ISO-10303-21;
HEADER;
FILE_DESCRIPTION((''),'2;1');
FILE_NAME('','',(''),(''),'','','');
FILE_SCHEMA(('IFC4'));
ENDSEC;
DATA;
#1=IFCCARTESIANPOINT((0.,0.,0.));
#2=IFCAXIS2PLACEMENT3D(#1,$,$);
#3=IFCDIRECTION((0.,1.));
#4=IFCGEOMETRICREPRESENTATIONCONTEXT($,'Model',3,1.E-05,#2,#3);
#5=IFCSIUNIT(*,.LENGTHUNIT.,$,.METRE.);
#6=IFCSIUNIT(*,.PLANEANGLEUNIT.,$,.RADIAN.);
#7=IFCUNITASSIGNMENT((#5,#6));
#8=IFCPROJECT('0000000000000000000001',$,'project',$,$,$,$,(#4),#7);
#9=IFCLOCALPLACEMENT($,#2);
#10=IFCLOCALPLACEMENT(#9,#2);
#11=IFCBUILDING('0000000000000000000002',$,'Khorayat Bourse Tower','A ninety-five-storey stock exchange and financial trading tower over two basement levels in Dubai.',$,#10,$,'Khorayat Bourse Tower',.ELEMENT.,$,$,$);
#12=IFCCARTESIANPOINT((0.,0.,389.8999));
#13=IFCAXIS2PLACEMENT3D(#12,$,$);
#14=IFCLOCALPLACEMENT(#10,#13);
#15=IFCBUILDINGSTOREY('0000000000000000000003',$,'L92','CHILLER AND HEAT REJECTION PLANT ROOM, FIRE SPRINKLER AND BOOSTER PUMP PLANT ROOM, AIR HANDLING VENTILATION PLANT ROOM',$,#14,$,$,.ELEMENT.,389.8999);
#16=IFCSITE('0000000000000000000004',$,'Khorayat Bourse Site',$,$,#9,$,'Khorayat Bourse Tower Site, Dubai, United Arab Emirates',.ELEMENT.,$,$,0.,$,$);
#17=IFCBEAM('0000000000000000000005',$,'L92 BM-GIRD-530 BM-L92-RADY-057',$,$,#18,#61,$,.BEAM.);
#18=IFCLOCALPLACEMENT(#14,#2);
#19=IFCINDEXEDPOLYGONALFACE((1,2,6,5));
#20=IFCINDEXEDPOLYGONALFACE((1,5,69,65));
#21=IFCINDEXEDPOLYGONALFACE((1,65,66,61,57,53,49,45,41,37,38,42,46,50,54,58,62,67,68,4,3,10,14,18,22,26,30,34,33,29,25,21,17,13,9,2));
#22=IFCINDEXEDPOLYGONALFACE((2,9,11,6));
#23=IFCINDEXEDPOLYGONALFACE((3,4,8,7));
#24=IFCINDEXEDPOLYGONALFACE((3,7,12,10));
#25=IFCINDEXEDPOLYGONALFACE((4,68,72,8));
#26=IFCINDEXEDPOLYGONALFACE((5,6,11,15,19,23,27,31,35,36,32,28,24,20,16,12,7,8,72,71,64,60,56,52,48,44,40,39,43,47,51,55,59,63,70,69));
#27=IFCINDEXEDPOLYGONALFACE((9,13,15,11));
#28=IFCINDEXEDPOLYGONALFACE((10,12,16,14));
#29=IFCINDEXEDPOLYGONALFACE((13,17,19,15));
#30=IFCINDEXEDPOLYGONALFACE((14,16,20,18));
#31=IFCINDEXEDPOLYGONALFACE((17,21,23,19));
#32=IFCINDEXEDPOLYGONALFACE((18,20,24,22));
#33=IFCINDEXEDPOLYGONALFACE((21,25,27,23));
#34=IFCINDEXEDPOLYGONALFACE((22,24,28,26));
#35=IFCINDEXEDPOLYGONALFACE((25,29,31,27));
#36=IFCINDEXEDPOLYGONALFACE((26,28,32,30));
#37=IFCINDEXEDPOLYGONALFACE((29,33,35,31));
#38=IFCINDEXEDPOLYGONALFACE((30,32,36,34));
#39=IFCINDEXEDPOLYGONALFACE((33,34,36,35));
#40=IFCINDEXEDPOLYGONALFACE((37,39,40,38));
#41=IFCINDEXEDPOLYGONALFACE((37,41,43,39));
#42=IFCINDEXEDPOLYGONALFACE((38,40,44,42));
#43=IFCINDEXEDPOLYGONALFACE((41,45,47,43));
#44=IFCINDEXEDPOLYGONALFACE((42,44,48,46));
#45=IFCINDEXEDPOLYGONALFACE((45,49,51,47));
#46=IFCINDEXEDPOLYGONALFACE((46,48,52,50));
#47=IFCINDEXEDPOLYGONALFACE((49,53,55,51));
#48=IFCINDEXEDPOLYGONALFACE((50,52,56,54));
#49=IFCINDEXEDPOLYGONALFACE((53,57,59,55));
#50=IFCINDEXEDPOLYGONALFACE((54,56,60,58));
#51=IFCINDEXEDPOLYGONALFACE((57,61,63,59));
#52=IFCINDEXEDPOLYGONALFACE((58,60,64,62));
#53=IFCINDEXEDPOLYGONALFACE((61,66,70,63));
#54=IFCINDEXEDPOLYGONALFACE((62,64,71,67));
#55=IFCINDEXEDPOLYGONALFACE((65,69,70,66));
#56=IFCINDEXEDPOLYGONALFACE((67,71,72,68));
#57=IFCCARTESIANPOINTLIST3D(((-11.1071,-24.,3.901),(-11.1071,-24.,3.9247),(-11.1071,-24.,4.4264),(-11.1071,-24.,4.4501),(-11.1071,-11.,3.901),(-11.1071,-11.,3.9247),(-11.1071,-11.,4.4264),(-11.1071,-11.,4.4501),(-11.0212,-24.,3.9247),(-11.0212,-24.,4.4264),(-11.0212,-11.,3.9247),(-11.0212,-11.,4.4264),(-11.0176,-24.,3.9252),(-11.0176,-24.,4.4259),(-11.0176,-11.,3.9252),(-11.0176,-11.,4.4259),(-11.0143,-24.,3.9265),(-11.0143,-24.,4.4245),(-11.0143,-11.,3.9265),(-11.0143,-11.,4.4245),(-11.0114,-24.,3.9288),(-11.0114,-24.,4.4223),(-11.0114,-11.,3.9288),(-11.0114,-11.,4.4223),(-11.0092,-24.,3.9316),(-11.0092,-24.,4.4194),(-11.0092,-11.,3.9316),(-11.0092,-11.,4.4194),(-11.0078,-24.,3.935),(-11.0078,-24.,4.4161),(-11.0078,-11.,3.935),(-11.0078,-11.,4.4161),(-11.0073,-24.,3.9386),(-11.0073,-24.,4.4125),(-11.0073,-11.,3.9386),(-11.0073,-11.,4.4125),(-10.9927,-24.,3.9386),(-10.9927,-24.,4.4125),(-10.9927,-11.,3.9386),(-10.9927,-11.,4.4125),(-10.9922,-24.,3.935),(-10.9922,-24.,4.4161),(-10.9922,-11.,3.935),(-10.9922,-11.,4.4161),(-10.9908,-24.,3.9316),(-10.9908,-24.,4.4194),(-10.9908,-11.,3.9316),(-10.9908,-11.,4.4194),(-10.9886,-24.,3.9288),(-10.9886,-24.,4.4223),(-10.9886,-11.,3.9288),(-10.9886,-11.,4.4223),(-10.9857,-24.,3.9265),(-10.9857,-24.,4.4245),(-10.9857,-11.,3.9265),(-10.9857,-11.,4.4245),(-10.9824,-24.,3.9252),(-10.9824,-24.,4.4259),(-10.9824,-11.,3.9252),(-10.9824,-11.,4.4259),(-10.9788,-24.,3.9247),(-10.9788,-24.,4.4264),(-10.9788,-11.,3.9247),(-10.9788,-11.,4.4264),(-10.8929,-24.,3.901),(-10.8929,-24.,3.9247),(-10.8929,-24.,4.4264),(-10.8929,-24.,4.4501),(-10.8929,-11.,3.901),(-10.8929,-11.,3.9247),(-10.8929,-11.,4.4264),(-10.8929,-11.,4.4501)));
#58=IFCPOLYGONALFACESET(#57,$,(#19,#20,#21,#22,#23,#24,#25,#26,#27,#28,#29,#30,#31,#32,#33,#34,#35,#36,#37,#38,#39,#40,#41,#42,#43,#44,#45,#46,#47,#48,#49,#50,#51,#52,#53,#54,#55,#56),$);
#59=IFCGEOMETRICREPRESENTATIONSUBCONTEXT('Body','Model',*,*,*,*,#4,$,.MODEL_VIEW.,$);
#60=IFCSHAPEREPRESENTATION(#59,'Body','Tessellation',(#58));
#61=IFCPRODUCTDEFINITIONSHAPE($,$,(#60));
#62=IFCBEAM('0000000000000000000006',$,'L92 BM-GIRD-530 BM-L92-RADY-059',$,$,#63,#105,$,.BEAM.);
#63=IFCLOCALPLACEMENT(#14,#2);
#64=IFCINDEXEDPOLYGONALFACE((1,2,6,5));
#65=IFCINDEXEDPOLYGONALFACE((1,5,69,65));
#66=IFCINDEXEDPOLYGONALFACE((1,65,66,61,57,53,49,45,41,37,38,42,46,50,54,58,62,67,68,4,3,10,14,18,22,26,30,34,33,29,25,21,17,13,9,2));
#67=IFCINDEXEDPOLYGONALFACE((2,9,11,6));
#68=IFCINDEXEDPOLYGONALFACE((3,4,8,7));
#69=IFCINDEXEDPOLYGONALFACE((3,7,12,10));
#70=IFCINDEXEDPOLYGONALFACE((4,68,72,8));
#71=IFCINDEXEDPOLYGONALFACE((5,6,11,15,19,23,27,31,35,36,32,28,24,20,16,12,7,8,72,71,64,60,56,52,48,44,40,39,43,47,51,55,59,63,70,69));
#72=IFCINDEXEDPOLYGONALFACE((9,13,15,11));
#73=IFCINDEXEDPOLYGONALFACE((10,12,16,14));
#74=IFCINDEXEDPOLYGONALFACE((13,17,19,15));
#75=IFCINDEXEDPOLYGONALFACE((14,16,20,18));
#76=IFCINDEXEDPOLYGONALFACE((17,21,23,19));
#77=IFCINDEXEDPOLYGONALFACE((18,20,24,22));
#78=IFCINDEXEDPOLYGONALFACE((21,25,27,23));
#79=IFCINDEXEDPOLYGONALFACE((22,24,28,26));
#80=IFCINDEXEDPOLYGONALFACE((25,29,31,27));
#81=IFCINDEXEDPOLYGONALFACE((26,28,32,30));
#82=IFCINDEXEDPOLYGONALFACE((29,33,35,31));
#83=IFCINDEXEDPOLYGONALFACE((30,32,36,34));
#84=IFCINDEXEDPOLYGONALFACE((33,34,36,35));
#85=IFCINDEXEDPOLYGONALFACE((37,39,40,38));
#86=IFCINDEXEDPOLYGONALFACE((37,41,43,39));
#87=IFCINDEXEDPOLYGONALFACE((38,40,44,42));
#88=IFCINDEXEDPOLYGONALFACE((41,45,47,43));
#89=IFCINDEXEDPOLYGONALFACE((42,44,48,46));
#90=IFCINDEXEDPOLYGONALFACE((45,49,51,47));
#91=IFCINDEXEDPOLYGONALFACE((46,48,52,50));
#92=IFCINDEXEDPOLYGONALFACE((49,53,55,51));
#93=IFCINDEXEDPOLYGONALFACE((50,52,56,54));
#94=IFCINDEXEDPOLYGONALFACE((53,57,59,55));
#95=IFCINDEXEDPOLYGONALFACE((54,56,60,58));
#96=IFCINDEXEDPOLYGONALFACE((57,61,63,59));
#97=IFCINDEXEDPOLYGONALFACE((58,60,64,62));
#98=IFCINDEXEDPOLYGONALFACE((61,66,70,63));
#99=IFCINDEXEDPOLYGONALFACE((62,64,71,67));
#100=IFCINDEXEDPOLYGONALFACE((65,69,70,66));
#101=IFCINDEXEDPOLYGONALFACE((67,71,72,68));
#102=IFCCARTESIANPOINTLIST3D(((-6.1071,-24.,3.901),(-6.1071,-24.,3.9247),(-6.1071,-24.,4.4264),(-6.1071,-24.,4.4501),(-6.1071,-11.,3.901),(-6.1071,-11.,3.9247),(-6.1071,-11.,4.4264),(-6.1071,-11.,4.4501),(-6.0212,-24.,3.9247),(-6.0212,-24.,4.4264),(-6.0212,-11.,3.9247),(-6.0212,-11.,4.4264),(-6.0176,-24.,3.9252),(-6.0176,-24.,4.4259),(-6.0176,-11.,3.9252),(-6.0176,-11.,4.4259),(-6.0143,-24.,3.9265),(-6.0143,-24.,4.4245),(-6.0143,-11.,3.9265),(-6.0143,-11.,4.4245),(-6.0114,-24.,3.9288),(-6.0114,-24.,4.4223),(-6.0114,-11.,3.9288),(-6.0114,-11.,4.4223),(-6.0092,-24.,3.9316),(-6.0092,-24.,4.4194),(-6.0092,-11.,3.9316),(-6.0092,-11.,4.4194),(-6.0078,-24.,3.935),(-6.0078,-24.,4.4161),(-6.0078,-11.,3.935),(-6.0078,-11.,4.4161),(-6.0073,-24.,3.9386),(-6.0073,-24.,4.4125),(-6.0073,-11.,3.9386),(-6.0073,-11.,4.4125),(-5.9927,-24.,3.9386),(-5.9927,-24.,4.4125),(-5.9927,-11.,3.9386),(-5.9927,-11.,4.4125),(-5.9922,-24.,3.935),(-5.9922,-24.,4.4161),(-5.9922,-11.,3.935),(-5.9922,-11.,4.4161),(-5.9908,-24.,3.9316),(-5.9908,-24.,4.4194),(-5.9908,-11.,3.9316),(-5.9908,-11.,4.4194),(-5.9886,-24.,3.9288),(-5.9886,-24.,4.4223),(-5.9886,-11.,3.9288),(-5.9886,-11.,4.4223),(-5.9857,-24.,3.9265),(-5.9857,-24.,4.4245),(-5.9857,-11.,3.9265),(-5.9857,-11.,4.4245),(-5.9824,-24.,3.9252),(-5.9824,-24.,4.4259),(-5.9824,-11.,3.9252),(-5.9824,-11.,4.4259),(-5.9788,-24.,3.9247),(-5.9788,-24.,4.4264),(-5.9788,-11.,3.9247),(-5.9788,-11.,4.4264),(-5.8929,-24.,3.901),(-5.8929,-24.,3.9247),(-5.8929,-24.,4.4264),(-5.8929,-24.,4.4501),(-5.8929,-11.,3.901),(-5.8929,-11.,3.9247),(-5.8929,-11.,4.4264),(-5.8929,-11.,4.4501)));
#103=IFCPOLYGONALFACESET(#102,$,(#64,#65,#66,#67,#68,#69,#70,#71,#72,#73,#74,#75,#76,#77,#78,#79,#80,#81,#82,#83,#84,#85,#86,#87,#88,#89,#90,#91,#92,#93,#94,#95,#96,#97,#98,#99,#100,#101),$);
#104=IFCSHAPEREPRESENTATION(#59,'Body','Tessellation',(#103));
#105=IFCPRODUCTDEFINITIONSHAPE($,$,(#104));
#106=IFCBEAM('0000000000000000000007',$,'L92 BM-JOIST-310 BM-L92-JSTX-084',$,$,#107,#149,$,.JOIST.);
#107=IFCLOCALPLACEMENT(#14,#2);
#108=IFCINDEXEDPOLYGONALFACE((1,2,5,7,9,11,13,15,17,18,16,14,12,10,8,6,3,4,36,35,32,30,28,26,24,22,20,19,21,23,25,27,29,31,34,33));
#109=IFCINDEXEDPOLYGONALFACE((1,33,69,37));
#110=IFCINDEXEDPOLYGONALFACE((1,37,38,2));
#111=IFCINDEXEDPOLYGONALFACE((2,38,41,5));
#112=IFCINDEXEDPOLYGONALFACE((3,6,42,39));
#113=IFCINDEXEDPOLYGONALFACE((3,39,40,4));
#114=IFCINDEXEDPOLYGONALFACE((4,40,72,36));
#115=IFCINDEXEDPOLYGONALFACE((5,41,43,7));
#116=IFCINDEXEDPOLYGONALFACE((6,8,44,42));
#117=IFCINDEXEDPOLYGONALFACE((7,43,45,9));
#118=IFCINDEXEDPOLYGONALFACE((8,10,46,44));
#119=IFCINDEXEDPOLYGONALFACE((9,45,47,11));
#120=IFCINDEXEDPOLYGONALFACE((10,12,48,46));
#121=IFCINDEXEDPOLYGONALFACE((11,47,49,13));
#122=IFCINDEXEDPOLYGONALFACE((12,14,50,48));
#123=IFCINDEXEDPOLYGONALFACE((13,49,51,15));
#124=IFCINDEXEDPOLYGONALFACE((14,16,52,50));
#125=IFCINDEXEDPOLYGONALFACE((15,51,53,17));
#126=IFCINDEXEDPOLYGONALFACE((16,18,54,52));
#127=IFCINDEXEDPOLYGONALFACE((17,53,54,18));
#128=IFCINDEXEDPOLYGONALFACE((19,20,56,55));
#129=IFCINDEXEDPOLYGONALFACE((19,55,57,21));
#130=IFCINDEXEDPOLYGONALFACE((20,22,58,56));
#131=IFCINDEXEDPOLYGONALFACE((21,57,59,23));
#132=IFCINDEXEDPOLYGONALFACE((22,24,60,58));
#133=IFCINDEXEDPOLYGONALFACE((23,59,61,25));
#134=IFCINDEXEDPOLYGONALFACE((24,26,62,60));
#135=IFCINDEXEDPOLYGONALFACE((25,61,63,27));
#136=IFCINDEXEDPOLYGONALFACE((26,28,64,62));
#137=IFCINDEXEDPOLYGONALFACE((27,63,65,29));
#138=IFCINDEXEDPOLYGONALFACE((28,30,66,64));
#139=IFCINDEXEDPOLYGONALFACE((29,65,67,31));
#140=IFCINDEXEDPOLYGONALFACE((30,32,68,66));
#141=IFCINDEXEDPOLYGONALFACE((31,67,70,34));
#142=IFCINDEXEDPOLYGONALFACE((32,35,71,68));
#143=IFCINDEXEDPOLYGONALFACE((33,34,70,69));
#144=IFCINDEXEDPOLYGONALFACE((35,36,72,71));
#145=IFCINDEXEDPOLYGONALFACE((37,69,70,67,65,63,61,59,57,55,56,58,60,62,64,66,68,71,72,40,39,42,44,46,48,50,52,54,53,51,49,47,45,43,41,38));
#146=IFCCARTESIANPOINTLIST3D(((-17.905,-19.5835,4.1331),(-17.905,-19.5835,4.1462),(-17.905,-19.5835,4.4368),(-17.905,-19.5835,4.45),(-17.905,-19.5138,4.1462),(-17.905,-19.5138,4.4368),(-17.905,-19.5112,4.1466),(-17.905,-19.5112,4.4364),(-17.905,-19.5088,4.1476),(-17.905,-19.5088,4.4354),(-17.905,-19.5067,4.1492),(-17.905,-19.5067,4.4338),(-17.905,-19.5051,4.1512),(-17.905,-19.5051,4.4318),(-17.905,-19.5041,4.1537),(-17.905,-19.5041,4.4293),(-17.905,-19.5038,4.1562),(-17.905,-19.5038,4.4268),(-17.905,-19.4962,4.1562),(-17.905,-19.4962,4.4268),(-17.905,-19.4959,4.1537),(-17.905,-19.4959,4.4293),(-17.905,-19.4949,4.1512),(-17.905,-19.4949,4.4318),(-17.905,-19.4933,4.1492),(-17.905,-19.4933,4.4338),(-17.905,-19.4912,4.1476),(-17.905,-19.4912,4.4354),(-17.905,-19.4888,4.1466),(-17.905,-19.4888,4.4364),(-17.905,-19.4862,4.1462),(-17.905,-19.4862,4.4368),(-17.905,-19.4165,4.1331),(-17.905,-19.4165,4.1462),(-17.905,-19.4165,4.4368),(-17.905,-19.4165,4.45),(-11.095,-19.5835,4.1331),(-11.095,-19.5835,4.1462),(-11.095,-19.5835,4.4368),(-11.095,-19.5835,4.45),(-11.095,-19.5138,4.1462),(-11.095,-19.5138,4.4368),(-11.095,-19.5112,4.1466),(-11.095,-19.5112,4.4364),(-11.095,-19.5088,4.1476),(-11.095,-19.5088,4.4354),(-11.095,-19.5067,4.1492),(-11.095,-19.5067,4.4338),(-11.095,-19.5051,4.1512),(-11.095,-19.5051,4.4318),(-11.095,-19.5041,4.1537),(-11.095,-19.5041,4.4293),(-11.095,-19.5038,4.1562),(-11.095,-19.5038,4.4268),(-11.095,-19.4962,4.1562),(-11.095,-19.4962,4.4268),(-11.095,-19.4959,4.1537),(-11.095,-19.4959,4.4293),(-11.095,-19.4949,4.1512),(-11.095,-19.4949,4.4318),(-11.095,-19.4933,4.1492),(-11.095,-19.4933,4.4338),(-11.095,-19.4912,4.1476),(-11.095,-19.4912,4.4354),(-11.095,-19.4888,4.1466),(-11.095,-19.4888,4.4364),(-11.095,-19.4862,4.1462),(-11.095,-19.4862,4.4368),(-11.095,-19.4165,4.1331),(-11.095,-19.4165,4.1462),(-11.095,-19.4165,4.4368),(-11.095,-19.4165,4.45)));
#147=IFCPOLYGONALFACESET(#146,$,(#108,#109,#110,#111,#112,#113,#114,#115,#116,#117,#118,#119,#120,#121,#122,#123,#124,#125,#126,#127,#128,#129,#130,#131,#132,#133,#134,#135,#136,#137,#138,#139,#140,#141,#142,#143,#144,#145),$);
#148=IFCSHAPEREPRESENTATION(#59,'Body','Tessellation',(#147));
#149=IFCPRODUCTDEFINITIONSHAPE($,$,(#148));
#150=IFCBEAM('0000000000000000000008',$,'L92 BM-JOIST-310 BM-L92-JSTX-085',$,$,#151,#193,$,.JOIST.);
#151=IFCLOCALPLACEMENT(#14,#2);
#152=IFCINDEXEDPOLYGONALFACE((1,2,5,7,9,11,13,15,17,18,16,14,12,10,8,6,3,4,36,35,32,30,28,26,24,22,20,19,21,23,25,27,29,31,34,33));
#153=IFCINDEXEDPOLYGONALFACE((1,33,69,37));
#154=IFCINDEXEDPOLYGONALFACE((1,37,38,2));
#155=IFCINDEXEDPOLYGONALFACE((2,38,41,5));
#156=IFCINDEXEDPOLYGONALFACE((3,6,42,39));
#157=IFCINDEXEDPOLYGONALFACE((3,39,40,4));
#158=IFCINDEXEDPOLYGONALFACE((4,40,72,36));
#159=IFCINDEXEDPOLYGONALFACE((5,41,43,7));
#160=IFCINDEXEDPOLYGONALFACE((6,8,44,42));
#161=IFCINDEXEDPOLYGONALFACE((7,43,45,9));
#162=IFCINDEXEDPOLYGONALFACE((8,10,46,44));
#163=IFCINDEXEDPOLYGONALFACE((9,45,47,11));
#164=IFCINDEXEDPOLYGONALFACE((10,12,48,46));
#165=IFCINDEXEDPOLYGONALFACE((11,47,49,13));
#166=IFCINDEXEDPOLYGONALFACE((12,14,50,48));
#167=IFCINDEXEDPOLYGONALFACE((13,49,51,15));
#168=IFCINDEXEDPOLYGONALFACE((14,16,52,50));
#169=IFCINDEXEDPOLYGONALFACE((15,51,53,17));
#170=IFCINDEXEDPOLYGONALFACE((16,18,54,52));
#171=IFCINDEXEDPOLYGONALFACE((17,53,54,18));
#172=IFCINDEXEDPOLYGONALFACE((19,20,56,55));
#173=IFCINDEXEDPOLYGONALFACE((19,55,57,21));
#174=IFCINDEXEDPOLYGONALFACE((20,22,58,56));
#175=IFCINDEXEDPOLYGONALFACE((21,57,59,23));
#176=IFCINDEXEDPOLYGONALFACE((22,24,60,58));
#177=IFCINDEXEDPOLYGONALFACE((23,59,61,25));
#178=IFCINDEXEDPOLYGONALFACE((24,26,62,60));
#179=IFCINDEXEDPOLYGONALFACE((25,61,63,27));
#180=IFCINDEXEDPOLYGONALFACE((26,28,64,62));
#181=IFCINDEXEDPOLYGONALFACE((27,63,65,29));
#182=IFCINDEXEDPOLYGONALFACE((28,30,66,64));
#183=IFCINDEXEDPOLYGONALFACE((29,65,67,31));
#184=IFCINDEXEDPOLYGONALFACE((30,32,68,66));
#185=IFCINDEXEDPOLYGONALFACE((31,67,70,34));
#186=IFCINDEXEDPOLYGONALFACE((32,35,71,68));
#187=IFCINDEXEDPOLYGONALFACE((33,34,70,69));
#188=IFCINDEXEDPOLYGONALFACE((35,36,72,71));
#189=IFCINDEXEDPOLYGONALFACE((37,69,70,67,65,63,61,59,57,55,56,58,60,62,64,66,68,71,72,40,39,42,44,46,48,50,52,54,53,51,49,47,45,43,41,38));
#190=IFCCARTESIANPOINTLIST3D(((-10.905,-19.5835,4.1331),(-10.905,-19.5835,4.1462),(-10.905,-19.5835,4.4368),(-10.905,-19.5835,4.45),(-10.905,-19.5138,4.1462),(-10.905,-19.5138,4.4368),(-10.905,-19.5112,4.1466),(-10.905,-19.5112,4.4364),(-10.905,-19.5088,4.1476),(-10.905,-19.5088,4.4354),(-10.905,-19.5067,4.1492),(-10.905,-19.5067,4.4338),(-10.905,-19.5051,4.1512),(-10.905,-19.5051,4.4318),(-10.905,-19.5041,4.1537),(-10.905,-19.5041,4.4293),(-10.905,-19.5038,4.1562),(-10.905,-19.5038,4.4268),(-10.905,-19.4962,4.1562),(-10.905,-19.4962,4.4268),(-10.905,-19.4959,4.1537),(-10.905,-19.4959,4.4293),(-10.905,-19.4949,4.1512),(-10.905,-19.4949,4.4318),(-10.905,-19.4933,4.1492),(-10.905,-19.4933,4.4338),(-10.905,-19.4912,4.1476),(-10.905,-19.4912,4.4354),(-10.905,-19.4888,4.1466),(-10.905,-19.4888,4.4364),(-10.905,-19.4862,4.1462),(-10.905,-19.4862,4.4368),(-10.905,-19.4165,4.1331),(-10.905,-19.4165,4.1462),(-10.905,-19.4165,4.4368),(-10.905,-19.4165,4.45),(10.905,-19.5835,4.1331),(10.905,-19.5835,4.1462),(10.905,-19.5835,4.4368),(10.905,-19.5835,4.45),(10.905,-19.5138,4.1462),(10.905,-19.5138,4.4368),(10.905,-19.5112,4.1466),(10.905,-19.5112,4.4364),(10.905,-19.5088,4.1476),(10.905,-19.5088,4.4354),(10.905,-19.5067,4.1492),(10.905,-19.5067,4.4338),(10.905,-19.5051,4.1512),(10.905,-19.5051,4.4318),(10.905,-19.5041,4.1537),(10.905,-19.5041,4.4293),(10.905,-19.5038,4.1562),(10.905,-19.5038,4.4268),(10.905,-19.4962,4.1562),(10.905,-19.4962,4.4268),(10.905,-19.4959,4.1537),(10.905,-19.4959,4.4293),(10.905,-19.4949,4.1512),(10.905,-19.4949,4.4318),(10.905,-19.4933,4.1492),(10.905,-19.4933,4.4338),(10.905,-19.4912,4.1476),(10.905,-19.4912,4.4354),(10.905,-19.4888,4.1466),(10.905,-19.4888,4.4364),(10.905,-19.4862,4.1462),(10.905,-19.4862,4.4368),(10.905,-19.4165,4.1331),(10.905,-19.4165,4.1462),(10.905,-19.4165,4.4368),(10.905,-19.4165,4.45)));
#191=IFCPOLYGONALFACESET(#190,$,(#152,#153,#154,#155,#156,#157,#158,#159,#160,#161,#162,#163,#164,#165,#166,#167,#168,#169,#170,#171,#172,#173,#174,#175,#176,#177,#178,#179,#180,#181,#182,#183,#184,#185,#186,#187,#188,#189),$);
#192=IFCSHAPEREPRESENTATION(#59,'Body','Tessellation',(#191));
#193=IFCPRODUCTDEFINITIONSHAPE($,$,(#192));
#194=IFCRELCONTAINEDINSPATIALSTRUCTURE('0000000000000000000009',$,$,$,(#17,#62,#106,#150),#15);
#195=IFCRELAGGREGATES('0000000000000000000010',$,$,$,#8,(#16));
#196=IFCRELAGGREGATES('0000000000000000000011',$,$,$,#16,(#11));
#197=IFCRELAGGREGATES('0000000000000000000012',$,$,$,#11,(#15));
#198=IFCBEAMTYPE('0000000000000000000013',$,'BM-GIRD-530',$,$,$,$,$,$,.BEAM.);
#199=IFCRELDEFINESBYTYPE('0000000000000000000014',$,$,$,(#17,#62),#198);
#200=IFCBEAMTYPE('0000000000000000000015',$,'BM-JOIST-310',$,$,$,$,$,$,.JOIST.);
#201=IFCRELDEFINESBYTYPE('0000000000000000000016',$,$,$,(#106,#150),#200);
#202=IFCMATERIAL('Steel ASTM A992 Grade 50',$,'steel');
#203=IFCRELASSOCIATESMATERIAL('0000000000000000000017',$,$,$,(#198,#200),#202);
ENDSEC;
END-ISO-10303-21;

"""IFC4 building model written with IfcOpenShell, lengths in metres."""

from ifc_helpers import new_model, si_unit, direction, frame, origin, origin_2d, place, context, subcontext, project, spatial, i_section, extrude, source, transform, mapped, material, material_profile, profile_set, type_object, element, save


model = new_model("IFC4")

# Units and contexts
model_context = context("Model", 3, precision=1e-05, world=origin(), true_north=direction((0.0, 1.0)))
body_context = subcontext(model_context, "Body", "Model", "MODEL_VIEW")
ifc_project = project(units=[si_unit("LENGTHUNIT", "METRE"), si_unit("PLANEANGLEUNIT", "RADIAN")], contexts=[model_context])

# Site, building, storey
site_placement = place(None, origin())
site = spatial("IfcSite", under=ifc_project, at=site_placement, Name="Khorayat Bourse Site", LongName="Khorayat Bourse Tower Site, Dubai, United Arab Emirates", CompositionType="ELEMENT", RefElevation=0.0)
building_placement = place(site_placement, origin())
building = spatial("IfcBuilding", under=site, at=building_placement, Name="Khorayat Bourse Tower", Description="A ninety-five-storey stock exchange and financial trading tower over two basement levels in Dubai.", LongName="Khorayat Bourse Tower", CompositionType="ELEMENT")
storey_placement = place(building_placement, frame((0.0, 0.0, 389.8999)))
storey = spatial("IfcBuildingStorey", under=building, at=storey_placement, Name="L92", Description="CHILLER AND HEAT REJECTION PLANT ROOM, FIRE SPRINKLER AND BOOSTER PUMP PLANT ROOM, AIR HANDLING VENTILATION PLANT ROOM", CompositionType="ELEMENT", Elevation=389.8999)

# Beams
ifc_material_1 = material(Name="Steel ASTM A992 Grade 50", Category="steel")
ifc_material_profile_1 = material_profile(ifc_material_1, i_section(OverallWidth=0.2141, OverallDepth=0.5491, WebThickness=0.0146, FlangeThickness=0.0237, FilletRadius=0.0139, at=origin_2d()), Name="W530X138")
ifc_profile_set_1 = profile_set([ifc_material_profile_1], Name="Steel ASTM A992 Grade 50")
beam_type_1 = type_object("IfcBeamType", Name="BM-GIRD-530", PredefinedType="BEAM", material=ifc_profile_set_1)
shared_shape_1 = source(origin(), body_context, "Body", "SweptSolid", [
    extrude(i_section(OverallWidth=0.2141, OverallDepth=0.5491, WebThickness=0.0146, FlangeThickness=0.0237, FilletRadius=0.0139, at=origin_2d()), origin(), (0.0, 0.0, 1.0), 13.0),
])
for number, where, z_axis, x_axis, name in (
    (1, (-11.0, -24.0, 4.1755), (0.0, 1.0, 0.0), (-1.0, 0.0, 0.0), "L92 BM-GIRD-530 BM-L92-RADY-057"),
    (2, (-6.0, -24.0, 4.1755), (0.0, 1.0, 0.0), (-1.0, 0.0, 0.0), "L92 BM-GIRD-530 BM-L92-RADY-059"),
):
    element("IfcBeam", number, at=place(storey_placement, frame(where, z_axis=z_axis, x_axis=x_axis)), inside=storey, type_object=beam_type_1, Name=name, PredefinedType="BEAM", context=body_context, shape_type="MappedRepresentation", body=[
        mapped(shared_shape_1, transform((0.0, 0.0, 0.0), scale=1.0)),
    ])
ifc_material_profile_2 = material_profile(ifc_material_1, i_section(OverallWidth=0.167, OverallDepth=0.3169, WebThickness=0.0076, FlangeThickness=0.0132, FilletRadius=0.01, at=origin_2d()), Name="W310X52")
ifc_profile_set_2 = profile_set([ifc_material_profile_2], Name="Steel ASTM A992 Grade 50")
beam_type_2 = type_object("IfcBeamType", Name="BM-JOIST-310", PredefinedType="JOIST", material=ifc_profile_set_2)
shared_shape_2 = source(origin(), body_context, "Body", "SweptSolid", [
    extrude(i_section(OverallWidth=0.167, OverallDepth=0.3169, WebThickness=0.0076, FlangeThickness=0.0132, FilletRadius=0.01, at=origin_2d()), origin(), (0.0, 0.0, 1.0), 6.8101),
])
beam_1_placement = place(storey_placement, frame((-17.905, -19.5, 4.2915), z_axis=(1.0, 0.0, 0.0), x_axis=(0.0, 1.0, 0.0)))
element("IfcBeam", 3, at=beam_1_placement, inside=storey, type_object=beam_type_2, Name="L92 BM-JOIST-310 BM-L92-JSTX-084", PredefinedType="JOIST", context=body_context, shape_type="MappedRepresentation", body=[
    mapped(shared_shape_2, transform((0.0, 0.0, 0.0), scale=1.0)),
])
shared_shape_3 = source(origin(), body_context, "Body", "SweptSolid", [
    extrude(i_section(OverallWidth=0.167, OverallDepth=0.3169, WebThickness=0.0076, FlangeThickness=0.0132, FilletRadius=0.01, at=origin_2d()), origin(), (0.0, 0.0, 1.0), 21.8101),
])
beam_2_placement = place(storey_placement, frame((-10.905, -19.5, 4.2915), z_axis=(1.0, 0.0, 0.0), x_axis=(0.0, 1.0, 0.0)))
element("IfcBeam", 4, at=beam_2_placement, inside=storey, type_object=beam_type_2, Name="L92 BM-JOIST-310 BM-L92-JSTX-085", PredefinedType="JOIST", context=body_context, shape_type="MappedRepresentation", body=[
    mapped(shared_shape_3, transform((0.0, 0.0, 0.0), scale=1.0)),
])

save(model, "model.ifc")
